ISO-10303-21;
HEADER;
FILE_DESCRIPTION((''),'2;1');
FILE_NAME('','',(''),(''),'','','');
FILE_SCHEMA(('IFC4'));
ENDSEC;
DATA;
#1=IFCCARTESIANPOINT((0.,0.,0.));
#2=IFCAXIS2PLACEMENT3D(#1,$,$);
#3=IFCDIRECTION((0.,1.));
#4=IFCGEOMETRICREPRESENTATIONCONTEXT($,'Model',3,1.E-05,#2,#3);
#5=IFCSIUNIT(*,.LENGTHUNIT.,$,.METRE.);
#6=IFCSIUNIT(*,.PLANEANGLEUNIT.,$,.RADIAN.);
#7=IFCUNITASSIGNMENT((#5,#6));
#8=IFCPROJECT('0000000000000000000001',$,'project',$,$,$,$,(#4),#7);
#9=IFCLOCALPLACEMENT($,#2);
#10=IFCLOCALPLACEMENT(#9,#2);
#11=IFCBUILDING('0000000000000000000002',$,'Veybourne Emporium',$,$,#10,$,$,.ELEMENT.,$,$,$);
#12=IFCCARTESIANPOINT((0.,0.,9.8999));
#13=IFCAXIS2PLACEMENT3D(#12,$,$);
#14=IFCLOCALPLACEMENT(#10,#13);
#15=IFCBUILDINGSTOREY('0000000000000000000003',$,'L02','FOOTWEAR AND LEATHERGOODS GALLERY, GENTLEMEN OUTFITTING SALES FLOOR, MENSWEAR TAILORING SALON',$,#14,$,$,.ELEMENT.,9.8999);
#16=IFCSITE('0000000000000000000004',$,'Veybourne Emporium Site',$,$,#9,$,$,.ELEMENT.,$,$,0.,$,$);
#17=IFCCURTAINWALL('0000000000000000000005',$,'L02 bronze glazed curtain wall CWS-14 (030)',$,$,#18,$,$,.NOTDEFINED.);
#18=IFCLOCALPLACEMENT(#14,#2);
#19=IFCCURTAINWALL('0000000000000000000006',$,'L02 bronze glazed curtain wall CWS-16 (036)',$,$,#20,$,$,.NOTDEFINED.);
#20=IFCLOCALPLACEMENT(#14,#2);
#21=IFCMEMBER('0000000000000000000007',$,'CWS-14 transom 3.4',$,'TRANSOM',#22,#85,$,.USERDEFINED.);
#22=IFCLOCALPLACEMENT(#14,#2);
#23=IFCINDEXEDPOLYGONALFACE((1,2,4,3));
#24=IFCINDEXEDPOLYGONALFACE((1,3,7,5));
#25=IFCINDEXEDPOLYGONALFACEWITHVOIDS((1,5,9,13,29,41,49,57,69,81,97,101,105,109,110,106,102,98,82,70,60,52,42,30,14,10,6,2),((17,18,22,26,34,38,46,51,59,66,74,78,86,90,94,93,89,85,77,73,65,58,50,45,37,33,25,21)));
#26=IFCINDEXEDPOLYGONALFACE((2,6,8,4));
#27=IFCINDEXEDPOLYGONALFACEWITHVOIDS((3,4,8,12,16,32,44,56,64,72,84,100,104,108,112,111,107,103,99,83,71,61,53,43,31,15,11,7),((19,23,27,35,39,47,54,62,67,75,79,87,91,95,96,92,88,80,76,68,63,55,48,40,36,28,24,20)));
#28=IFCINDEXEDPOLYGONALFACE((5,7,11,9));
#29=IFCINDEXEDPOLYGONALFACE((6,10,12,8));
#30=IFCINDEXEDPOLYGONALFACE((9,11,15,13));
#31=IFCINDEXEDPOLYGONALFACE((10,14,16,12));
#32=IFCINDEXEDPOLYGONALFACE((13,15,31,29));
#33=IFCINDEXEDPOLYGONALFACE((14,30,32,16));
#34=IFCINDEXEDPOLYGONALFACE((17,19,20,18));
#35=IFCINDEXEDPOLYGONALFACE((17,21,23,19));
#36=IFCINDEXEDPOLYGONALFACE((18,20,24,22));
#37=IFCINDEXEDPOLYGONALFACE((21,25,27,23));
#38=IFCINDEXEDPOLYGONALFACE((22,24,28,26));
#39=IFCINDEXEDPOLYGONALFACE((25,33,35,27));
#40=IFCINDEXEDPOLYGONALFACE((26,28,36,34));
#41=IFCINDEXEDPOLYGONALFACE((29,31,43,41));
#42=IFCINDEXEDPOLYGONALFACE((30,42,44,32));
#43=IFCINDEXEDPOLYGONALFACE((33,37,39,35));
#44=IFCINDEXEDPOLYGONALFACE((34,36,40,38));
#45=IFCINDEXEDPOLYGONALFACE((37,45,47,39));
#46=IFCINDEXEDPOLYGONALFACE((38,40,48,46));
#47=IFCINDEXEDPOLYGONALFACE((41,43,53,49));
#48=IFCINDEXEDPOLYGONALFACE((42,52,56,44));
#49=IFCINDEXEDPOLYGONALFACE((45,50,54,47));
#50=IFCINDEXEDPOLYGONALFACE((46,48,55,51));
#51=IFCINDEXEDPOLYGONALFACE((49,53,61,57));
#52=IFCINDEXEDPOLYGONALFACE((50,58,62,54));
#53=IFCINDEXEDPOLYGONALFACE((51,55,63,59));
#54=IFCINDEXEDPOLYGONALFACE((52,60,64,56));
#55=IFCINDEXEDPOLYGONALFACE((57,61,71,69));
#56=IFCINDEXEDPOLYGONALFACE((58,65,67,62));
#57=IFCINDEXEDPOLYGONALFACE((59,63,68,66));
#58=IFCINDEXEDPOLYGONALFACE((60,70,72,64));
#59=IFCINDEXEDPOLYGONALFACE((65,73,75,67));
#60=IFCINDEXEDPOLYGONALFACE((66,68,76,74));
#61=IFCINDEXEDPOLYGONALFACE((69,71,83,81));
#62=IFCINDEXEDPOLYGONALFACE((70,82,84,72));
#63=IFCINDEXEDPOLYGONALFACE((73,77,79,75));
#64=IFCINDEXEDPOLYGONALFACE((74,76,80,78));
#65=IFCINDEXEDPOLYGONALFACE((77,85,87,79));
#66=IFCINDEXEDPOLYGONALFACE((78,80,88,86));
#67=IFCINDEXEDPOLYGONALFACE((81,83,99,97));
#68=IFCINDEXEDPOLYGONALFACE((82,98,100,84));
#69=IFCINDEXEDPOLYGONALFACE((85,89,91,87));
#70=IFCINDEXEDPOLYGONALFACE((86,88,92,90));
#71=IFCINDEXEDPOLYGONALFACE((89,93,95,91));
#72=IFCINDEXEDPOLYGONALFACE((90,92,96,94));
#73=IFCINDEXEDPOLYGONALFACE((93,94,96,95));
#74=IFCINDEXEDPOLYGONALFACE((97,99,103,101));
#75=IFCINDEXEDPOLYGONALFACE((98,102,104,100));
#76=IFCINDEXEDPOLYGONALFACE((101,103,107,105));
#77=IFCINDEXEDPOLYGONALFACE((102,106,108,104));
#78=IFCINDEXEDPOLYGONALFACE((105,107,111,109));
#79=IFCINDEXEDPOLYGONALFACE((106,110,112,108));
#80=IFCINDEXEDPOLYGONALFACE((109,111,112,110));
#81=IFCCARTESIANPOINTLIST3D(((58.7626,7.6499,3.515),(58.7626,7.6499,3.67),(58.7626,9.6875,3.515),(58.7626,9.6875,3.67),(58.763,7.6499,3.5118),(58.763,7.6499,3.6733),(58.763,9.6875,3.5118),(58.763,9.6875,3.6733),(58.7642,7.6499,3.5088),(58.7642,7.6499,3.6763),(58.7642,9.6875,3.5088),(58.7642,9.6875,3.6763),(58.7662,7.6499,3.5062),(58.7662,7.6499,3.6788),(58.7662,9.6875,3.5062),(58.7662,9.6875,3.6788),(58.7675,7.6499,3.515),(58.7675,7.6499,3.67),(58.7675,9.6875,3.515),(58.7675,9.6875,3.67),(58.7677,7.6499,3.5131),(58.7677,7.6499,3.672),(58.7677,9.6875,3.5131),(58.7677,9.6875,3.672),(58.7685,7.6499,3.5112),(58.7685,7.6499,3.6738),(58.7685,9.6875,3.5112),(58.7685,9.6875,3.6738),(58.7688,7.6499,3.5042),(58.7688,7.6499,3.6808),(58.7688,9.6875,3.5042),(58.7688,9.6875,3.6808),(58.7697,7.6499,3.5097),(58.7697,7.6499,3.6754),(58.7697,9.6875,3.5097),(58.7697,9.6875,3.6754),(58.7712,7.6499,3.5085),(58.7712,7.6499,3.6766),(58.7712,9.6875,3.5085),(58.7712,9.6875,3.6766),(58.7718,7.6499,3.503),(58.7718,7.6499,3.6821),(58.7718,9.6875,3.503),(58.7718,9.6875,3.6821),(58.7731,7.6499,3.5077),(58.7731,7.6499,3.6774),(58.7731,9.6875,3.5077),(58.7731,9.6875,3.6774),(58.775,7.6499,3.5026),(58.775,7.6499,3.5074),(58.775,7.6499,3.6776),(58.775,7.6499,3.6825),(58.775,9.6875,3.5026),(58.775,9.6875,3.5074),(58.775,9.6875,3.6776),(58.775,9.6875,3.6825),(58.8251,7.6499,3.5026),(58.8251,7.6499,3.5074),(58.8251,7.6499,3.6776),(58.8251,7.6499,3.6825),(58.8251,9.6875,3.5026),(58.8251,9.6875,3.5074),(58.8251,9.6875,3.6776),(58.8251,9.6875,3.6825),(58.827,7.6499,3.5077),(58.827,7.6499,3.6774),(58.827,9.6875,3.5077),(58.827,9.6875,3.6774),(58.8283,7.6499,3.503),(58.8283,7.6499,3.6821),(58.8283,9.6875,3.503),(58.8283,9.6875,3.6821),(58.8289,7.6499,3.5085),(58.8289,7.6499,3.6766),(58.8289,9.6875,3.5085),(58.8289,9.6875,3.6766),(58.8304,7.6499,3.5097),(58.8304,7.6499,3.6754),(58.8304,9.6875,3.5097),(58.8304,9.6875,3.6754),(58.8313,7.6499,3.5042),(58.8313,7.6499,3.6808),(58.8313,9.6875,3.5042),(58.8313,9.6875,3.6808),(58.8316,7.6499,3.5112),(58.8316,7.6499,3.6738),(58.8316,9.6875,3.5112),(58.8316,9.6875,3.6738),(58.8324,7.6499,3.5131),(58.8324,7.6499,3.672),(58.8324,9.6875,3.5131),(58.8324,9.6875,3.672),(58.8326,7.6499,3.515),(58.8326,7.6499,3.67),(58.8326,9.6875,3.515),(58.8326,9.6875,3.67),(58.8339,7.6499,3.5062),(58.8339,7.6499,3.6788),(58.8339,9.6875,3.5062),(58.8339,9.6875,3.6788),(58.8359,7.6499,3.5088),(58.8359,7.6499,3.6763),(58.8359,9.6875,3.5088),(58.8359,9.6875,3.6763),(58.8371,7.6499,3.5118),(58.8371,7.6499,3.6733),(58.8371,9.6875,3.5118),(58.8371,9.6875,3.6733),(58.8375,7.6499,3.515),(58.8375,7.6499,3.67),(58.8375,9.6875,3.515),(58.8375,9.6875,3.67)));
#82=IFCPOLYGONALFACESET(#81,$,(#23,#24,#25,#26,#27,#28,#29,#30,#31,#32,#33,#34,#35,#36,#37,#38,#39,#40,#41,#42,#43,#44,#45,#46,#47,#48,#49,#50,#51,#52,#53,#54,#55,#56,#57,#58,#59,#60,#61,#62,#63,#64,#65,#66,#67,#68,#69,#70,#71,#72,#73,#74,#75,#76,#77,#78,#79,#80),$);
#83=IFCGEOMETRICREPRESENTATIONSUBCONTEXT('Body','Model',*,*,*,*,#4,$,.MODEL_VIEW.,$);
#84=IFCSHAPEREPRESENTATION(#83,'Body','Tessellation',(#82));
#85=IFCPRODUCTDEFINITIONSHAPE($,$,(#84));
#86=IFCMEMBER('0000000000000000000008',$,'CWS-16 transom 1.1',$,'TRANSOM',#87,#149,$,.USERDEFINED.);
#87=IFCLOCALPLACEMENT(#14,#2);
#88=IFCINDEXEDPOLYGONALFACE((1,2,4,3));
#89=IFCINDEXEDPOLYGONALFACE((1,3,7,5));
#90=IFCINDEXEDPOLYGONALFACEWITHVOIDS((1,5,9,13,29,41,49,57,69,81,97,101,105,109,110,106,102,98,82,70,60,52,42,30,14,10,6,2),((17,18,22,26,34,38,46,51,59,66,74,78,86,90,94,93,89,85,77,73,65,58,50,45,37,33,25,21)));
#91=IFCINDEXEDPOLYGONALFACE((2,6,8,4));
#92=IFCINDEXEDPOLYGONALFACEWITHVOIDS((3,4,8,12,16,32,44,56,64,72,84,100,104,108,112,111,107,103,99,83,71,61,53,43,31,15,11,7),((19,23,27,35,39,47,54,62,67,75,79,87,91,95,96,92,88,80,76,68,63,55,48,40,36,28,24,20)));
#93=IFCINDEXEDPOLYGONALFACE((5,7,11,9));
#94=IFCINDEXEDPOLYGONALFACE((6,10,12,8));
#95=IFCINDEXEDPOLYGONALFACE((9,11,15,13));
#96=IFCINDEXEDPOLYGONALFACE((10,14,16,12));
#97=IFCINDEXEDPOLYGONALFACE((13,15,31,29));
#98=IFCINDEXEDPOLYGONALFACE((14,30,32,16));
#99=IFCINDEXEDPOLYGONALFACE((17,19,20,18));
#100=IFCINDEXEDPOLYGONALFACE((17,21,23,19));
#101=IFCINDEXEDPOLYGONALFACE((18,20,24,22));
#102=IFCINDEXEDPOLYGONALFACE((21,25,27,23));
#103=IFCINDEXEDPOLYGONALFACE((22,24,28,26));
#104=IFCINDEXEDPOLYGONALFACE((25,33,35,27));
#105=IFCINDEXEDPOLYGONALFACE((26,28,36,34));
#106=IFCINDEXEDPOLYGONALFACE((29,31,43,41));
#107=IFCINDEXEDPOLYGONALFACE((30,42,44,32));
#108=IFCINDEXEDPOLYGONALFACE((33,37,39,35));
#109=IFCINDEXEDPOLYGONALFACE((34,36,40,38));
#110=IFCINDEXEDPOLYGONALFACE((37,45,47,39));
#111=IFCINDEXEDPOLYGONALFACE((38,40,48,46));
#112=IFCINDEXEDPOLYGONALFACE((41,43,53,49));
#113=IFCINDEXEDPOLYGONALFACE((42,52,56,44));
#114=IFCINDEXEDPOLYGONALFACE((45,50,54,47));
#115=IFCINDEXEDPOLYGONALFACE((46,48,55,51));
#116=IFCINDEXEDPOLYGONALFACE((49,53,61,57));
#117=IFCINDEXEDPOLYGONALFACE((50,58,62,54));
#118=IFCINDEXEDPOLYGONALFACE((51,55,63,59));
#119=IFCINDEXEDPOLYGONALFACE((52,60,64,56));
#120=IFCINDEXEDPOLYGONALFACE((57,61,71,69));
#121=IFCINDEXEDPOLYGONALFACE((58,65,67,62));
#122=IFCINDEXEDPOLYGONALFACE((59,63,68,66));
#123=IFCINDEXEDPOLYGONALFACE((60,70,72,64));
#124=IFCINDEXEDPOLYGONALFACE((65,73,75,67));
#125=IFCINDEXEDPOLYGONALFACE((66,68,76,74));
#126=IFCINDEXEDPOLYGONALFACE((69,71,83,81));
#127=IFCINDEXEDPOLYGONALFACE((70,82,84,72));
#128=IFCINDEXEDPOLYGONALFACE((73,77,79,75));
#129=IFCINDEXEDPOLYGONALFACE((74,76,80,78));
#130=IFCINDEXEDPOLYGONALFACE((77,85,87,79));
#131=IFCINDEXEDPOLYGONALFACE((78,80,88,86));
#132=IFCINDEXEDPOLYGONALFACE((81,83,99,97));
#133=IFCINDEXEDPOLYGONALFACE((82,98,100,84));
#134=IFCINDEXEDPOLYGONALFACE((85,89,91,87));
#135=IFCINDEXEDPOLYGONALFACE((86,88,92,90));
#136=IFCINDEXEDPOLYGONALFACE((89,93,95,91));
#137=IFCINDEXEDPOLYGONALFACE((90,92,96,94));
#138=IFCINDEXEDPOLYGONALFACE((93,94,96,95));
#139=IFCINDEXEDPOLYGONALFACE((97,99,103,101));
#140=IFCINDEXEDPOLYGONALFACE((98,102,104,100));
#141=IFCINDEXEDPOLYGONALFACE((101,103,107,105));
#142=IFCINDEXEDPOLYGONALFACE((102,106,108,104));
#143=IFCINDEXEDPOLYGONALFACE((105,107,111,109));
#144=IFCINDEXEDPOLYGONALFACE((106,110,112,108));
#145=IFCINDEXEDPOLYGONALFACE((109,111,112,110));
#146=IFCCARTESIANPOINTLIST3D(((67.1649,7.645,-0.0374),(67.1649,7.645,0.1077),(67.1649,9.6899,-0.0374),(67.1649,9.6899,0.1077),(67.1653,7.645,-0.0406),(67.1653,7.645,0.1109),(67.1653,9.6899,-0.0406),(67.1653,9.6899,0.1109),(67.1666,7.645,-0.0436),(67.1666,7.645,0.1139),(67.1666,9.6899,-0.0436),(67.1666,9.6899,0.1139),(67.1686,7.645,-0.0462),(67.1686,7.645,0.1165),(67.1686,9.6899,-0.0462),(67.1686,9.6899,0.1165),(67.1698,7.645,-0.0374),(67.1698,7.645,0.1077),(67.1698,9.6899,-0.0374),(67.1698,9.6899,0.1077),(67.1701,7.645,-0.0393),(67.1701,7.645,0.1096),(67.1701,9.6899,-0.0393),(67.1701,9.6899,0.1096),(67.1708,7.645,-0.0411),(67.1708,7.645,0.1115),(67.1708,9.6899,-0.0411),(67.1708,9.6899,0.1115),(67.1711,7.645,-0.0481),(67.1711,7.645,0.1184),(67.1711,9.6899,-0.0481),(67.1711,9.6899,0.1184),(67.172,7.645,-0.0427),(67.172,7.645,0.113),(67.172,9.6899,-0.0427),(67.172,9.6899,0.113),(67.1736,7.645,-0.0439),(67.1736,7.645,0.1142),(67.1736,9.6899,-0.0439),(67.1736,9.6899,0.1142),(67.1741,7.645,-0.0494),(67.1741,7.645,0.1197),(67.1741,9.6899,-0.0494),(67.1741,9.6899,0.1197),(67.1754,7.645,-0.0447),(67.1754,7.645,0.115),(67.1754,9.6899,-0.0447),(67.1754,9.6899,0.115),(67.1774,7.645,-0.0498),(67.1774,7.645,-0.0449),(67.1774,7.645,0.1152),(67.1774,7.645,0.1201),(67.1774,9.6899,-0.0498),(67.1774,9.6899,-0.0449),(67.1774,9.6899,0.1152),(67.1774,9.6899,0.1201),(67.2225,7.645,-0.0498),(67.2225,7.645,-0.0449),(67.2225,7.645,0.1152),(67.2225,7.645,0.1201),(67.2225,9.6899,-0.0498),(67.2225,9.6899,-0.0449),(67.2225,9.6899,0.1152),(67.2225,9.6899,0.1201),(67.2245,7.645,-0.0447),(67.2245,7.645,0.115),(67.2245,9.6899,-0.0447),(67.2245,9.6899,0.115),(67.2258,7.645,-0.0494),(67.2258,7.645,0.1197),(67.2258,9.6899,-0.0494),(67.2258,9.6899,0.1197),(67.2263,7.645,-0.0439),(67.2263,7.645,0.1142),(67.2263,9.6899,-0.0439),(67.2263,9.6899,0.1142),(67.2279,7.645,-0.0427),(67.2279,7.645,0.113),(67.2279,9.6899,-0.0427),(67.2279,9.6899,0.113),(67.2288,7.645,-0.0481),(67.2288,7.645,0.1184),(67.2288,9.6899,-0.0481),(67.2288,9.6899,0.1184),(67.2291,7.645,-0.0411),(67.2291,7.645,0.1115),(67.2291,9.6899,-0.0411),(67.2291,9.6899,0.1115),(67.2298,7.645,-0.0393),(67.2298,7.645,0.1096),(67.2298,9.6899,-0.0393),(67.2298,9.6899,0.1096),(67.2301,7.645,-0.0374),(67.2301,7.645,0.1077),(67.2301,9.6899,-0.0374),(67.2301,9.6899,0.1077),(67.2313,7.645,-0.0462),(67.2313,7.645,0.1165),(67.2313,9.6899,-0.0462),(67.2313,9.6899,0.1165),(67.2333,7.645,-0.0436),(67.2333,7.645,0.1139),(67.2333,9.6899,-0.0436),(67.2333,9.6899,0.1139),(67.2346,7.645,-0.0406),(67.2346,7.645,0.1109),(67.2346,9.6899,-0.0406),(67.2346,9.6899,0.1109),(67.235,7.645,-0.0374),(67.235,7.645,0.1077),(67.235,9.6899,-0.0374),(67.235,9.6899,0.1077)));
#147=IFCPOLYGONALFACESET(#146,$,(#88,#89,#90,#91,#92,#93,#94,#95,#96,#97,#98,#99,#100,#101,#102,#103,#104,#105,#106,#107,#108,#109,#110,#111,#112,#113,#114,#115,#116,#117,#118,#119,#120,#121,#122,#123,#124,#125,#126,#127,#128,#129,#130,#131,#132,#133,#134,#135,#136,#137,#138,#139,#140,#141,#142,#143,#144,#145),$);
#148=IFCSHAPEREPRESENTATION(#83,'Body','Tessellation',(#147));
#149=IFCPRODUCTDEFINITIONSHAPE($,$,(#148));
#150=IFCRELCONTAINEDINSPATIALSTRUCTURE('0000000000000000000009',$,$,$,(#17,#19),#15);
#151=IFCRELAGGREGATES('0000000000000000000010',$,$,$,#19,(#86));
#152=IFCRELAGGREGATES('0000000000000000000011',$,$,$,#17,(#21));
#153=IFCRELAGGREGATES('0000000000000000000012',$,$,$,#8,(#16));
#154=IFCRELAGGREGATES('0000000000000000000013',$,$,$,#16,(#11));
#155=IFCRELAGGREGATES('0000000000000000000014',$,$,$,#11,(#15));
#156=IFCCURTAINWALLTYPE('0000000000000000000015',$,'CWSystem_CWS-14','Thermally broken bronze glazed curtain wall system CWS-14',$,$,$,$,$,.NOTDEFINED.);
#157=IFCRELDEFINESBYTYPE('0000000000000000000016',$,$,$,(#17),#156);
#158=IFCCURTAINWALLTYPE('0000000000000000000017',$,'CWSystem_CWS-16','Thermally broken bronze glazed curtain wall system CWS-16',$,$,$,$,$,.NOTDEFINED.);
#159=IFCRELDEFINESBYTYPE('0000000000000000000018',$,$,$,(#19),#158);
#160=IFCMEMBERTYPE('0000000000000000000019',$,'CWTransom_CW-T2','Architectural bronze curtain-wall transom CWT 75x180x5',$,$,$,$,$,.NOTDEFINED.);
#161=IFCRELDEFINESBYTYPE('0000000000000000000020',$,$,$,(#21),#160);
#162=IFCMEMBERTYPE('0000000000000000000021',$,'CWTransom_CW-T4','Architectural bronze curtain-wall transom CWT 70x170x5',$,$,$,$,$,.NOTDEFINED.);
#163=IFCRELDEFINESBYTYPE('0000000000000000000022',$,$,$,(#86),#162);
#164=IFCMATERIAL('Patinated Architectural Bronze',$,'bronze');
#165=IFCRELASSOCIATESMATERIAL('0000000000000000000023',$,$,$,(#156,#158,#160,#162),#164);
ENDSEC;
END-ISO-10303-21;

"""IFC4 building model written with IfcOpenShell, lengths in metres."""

from ifc_helpers import new_model, si_unit, direction, frame, origin, origin_2d, place, context, subcontext, project, spatial, hollow_rectangle, extrude, material, material_profile, profile_set, type_object, element, aggregate, save


model = new_model("IFC4")

# Units and contexts
model_context = context("Model", 3, precision=1e-05, world=origin(), true_north=direction((0.0, 1.0)))
body_context = subcontext(model_context, "Body", "Model", "MODEL_VIEW")
ifc_project = project(units=[si_unit("LENGTHUNIT", "METRE"), si_unit("PLANEANGLEUNIT", "RADIAN")], contexts=[model_context])

# Site, building, storey
site_placement = place(None, origin())
site = spatial("IfcSite", under=ifc_project, at=site_placement, Name="Veybourne Emporium Site", CompositionType="ELEMENT", RefElevation=0.0)
building_placement = place(site_placement, origin())
building = spatial("IfcBuilding", under=site, at=building_placement, Name="Veybourne Emporium", CompositionType="ELEMENT")
storey_placement = place(building_placement, frame((0.0, 0.0, 9.8999)))
storey = spatial("IfcBuildingStorey", under=building, at=storey_placement, Name="L02", Description="FOOTWEAR AND LEATHERGOODS GALLERY, GENTLEMEN OUTFITTING SALES FLOOR, MENSWEAR TAILORING SALON", CompositionType="ELEMENT", Elevation=9.8999)

# Curtain walls
ifc_material_1 = material(Name="Patinated Architectural Bronze", Category="bronze")
curtain_wall_type_1 = type_object("IfcCurtainWallType", Name="CWSystem_CWS-14", Description="Thermally broken bronze glazed curtain wall system CWS-14", PredefinedType="NOTDEFINED", material=ifc_material_1)
curtain_wall_1_placement = place(storey_placement, origin())
curtain_wall_1 = element("IfcCurtainWall", 1, at=curtain_wall_1_placement, inside=storey, type_object=curtain_wall_type_1, Name="L02 bronze glazed curtain wall CWS-14 (030)", PredefinedType="NOTDEFINED")
curtain_wall_type_2 = type_object("IfcCurtainWallType", Name="CWSystem_CWS-16", Description="Thermally broken bronze glazed curtain wall system CWS-16", PredefinedType="NOTDEFINED", material=ifc_material_1)
curtain_wall_2_placement = place(storey_placement, origin())
curtain_wall_2 = element("IfcCurtainWall", 2, at=curtain_wall_2_placement, inside=storey, type_object=curtain_wall_type_2, Name="L02 bronze glazed curtain wall CWS-16 (036)", PredefinedType="NOTDEFINED")

# Members
ifc_material_profile_1 = material_profile(ifc_material_1, hollow_rectangle(XDim=0.075, YDim=0.1799, WallThickness=0.0049, InnerFilletRadius=0.0076, OuterFilletRadius=0.0125, at=origin_2d()), Name="CWT 75x180x5")
ifc_profile_set_1 = profile_set([ifc_material_profile_1], Name="Patinated Architectural Bronze")
member_type_1 = type_object("IfcMemberType", Name="CWTransom_CW-T2", Description="Architectural bronze curtain-wall transom CWT 75x180x5", PredefinedType="NOTDEFINED", material=ifc_profile_set_1)
member_1_placement = place(storey_placement, frame((58.8, 9.6875, 3.5925), z_axis=(0.0, -1.0, 0.0), x_axis=(1.0, 0.0, 0.0)))
member_1 = element("IfcMember", 3, at=member_1_placement, type_object=member_type_1, Name="CWS-14 transom 3.4", ObjectType="TRANSOM", PredefinedType="USERDEFINED", context=body_context, shape_type="SweptSolid", body=[
    extrude(hollow_rectangle(XDim=0.075, YDim=0.1799, WallThickness=0.0049, InnerFilletRadius=0.0076, OuterFilletRadius=0.0125, at=origin_2d()), origin(), (0.0, 0.0, 1.0), 2.0376),
])
ifc_material_profile_2 = material_profile(ifc_material_1, hollow_rectangle(XDim=0.0701, YDim=0.1699, WallThickness=0.0049, InnerFilletRadius=0.0076, OuterFilletRadius=0.0125, at=origin_2d()), Name="CWT 70x170x5")
ifc_profile_set_2 = profile_set([ifc_material_profile_2], Name="Patinated Architectural Bronze")
member_type_2 = type_object("IfcMemberType", Name="CWTransom_CW-T4", Description="Architectural bronze curtain-wall transom CWT 70x170x5", PredefinedType="NOTDEFINED", material=ifc_profile_set_2)
member_2_placement = place(storey_placement, frame((67.2, 7.645, 0.0352), z_axis=(0.0, 1.0, 0.0), x_axis=(-1.0, 0.0, 0.0)))
member_2 = element("IfcMember", 4, at=member_2_placement, type_object=member_type_2, Name="CWS-16 transom 1.1", ObjectType="TRANSOM", PredefinedType="USERDEFINED", context=body_context, shape_type="SweptSolid", body=[
    extrude(hollow_rectangle(XDim=0.0701, YDim=0.1699, WallThickness=0.0049, InnerFilletRadius=0.0076, OuterFilletRadius=0.0125, at=origin_2d()), origin(), (0.0, 0.0, 1.0), 2.0449),
])
aggregate(curtain_wall_2, [member_2])

aggregate(curtain_wall_1, [member_1])

save(model, "model.ifc")
